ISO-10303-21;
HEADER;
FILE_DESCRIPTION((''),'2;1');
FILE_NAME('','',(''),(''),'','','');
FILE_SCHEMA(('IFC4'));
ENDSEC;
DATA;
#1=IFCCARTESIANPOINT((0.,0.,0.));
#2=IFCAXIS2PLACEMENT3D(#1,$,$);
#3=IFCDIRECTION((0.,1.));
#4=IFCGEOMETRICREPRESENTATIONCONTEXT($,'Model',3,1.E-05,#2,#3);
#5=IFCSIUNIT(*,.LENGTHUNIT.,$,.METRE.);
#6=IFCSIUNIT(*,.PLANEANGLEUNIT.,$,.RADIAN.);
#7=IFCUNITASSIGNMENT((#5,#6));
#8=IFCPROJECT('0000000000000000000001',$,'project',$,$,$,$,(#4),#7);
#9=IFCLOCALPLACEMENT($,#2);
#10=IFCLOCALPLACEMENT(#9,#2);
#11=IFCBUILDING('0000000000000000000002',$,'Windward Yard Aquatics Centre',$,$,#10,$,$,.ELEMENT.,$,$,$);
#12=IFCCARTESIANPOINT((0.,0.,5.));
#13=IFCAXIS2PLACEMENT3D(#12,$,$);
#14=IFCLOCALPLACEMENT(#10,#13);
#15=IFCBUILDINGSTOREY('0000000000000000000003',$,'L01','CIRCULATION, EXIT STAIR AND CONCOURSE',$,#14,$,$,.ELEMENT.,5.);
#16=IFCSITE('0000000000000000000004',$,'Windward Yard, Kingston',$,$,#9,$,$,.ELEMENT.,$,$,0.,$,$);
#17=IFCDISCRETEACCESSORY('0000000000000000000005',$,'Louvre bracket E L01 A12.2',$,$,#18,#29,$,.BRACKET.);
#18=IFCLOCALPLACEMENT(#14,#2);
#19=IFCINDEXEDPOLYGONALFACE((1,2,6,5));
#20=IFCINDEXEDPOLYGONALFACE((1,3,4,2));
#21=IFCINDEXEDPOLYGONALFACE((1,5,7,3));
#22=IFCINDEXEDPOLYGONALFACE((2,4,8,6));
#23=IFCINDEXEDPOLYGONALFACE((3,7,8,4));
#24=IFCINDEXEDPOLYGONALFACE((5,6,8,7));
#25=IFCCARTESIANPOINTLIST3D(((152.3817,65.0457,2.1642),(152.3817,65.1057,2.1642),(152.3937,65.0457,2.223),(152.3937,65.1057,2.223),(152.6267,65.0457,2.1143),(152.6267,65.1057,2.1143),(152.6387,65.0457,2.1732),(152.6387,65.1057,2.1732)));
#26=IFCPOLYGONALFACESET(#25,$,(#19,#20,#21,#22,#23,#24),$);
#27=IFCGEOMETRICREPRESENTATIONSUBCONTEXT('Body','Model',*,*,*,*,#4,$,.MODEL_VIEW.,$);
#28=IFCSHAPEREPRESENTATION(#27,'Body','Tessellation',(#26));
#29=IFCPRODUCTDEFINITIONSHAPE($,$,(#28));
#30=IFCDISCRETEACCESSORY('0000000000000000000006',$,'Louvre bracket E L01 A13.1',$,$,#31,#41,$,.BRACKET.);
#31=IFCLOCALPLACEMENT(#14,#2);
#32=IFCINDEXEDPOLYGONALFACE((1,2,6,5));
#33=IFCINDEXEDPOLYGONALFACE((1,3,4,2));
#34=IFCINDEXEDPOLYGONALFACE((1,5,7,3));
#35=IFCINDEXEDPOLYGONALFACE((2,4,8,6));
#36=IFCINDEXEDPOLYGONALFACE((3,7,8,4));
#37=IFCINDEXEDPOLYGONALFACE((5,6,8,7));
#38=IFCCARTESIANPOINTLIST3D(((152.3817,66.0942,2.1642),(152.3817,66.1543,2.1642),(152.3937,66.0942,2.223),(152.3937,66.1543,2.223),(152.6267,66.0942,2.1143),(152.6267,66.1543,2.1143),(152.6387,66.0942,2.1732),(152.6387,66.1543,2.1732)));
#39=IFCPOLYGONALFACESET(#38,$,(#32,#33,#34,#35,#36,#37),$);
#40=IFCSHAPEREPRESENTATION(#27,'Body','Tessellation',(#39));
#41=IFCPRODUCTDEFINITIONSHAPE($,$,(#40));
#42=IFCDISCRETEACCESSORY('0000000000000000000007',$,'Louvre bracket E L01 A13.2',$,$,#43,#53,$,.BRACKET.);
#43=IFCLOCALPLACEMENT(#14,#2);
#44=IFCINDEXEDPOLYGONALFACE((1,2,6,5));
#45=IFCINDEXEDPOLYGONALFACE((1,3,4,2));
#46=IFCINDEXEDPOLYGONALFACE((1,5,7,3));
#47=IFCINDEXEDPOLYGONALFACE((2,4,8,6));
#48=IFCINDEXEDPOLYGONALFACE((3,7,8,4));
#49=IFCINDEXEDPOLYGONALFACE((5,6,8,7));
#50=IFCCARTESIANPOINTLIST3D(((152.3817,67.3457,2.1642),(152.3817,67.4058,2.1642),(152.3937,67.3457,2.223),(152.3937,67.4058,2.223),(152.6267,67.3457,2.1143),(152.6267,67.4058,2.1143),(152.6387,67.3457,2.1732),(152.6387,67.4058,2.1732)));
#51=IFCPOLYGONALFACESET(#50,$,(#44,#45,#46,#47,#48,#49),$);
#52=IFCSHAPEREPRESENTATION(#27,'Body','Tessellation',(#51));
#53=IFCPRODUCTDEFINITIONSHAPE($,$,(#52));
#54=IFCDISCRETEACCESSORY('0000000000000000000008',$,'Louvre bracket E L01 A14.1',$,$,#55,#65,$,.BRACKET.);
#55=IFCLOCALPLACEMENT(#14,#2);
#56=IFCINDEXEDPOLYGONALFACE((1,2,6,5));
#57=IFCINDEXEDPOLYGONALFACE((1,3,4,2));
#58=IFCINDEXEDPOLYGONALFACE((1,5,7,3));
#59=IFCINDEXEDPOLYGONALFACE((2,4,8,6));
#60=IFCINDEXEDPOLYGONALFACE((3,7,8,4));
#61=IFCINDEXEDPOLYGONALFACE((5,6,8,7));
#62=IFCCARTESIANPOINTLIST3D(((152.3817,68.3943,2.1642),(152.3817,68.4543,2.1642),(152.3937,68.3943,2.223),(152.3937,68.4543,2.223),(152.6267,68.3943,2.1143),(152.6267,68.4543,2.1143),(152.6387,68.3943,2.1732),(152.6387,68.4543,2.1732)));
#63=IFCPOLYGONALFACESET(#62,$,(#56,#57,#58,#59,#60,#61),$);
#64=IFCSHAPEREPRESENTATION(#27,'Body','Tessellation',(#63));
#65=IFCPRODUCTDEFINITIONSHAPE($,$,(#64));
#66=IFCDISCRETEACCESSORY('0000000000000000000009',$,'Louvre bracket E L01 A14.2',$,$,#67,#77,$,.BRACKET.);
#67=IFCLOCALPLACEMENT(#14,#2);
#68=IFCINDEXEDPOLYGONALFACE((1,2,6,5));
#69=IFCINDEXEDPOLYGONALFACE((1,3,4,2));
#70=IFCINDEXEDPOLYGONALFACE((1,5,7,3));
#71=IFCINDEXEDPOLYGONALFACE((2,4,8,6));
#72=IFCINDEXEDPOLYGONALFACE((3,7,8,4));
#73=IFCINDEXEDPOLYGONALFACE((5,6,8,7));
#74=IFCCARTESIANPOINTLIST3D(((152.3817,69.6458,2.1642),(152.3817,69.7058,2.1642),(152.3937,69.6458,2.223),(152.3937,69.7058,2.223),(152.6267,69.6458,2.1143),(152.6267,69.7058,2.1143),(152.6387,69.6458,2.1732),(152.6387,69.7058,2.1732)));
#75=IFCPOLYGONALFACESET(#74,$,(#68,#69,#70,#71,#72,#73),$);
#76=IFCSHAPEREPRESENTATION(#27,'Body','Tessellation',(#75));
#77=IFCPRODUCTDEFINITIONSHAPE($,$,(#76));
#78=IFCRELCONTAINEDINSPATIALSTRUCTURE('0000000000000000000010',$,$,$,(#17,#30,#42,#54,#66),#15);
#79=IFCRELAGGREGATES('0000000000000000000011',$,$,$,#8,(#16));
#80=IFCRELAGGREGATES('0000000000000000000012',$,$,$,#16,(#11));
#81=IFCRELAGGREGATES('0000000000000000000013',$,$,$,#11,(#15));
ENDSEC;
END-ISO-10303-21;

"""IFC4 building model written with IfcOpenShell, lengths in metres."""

from ifc_helpers import new_model, si_unit, direction, frame, origin, origin_2d, place, context, subcontext, project, spatial, rectangle, extrude, element, save


model = new_model("IFC4")

# Units and contexts
model_context = context("Model", 3, precision=1e-05, world=origin(), true_north=direction((0.0, 1.0)))
body_context = subcontext(model_context, "Body", "Model", "MODEL_VIEW")
ifc_project = project(units=[si_unit("LENGTHUNIT", "METRE"), si_unit("PLANEANGLEUNIT", "RADIAN")], contexts=[model_context])

# Site, building, storey
site_placement = place(None, origin())
site = spatial("IfcSite", under=ifc_project, at=site_placement, Name="Windward Yard, Kingston", CompositionType="ELEMENT", RefElevation=0.0)
building_placement = place(site_placement, origin())
building = spatial("IfcBuilding", under=site, at=building_placement, Name="Windward Yard Aquatics Centre", CompositionType="ELEMENT")
storey_placement = place(building_placement, frame((0.0, 0.0, 5.0)))
storey = spatial("IfcBuildingStorey", under=building, at=storey_placement, Name="L01", Description="CIRCULATION, EXIT STAIR AND CONCOURSE", CompositionType="ELEMENT", Elevation=5.0)

# Discrete accessories
for number, where, z_axis, x_axis, name in (
    (1, (152.3877, 65.0757, 2.1936), (0.979937, 0.0, -0.199309), (0.0, 1.0, 0.0), "Louvre bracket E L01 A12.2"),
    (2, (152.3877, 66.1243, 2.1936), (0.979937, 0.0, -0.199309), (0.0, 1.0, 0.0), "Louvre bracket E L01 A13.1"),
    (3, (152.3877, 67.3757, 2.1936), (0.979937, 0.0, -0.199309), (0.0, 1.0, 0.0), "Louvre bracket E L01 A13.2"),
    (4, (152.3877, 68.4243, 2.1936), (0.979937, 0.0, -0.199309), (0.0, 1.0, 0.0), "Louvre bracket E L01 A14.1"),
    (5, (152.3877, 69.6758, 2.1936), (0.979937, 0.0, -0.199309), (0.0, 1.0, 0.0), "Louvre bracket E L01 A14.2"),
):
    element("IfcDiscreteAccessory", number, at=place(storey_placement, frame(where, z_axis=z_axis, x_axis=x_axis)), inside=storey, Name=name, PredefinedType="BRACKET", context=body_context, shape_type="SweptSolid", body=[
        extrude(rectangle(XDim=0.0601, YDim=0.0601, at=origin_2d()), origin(), (0.0, 0.0, 1.0), 0.25),
    ])

save(model, "model.ifc")
